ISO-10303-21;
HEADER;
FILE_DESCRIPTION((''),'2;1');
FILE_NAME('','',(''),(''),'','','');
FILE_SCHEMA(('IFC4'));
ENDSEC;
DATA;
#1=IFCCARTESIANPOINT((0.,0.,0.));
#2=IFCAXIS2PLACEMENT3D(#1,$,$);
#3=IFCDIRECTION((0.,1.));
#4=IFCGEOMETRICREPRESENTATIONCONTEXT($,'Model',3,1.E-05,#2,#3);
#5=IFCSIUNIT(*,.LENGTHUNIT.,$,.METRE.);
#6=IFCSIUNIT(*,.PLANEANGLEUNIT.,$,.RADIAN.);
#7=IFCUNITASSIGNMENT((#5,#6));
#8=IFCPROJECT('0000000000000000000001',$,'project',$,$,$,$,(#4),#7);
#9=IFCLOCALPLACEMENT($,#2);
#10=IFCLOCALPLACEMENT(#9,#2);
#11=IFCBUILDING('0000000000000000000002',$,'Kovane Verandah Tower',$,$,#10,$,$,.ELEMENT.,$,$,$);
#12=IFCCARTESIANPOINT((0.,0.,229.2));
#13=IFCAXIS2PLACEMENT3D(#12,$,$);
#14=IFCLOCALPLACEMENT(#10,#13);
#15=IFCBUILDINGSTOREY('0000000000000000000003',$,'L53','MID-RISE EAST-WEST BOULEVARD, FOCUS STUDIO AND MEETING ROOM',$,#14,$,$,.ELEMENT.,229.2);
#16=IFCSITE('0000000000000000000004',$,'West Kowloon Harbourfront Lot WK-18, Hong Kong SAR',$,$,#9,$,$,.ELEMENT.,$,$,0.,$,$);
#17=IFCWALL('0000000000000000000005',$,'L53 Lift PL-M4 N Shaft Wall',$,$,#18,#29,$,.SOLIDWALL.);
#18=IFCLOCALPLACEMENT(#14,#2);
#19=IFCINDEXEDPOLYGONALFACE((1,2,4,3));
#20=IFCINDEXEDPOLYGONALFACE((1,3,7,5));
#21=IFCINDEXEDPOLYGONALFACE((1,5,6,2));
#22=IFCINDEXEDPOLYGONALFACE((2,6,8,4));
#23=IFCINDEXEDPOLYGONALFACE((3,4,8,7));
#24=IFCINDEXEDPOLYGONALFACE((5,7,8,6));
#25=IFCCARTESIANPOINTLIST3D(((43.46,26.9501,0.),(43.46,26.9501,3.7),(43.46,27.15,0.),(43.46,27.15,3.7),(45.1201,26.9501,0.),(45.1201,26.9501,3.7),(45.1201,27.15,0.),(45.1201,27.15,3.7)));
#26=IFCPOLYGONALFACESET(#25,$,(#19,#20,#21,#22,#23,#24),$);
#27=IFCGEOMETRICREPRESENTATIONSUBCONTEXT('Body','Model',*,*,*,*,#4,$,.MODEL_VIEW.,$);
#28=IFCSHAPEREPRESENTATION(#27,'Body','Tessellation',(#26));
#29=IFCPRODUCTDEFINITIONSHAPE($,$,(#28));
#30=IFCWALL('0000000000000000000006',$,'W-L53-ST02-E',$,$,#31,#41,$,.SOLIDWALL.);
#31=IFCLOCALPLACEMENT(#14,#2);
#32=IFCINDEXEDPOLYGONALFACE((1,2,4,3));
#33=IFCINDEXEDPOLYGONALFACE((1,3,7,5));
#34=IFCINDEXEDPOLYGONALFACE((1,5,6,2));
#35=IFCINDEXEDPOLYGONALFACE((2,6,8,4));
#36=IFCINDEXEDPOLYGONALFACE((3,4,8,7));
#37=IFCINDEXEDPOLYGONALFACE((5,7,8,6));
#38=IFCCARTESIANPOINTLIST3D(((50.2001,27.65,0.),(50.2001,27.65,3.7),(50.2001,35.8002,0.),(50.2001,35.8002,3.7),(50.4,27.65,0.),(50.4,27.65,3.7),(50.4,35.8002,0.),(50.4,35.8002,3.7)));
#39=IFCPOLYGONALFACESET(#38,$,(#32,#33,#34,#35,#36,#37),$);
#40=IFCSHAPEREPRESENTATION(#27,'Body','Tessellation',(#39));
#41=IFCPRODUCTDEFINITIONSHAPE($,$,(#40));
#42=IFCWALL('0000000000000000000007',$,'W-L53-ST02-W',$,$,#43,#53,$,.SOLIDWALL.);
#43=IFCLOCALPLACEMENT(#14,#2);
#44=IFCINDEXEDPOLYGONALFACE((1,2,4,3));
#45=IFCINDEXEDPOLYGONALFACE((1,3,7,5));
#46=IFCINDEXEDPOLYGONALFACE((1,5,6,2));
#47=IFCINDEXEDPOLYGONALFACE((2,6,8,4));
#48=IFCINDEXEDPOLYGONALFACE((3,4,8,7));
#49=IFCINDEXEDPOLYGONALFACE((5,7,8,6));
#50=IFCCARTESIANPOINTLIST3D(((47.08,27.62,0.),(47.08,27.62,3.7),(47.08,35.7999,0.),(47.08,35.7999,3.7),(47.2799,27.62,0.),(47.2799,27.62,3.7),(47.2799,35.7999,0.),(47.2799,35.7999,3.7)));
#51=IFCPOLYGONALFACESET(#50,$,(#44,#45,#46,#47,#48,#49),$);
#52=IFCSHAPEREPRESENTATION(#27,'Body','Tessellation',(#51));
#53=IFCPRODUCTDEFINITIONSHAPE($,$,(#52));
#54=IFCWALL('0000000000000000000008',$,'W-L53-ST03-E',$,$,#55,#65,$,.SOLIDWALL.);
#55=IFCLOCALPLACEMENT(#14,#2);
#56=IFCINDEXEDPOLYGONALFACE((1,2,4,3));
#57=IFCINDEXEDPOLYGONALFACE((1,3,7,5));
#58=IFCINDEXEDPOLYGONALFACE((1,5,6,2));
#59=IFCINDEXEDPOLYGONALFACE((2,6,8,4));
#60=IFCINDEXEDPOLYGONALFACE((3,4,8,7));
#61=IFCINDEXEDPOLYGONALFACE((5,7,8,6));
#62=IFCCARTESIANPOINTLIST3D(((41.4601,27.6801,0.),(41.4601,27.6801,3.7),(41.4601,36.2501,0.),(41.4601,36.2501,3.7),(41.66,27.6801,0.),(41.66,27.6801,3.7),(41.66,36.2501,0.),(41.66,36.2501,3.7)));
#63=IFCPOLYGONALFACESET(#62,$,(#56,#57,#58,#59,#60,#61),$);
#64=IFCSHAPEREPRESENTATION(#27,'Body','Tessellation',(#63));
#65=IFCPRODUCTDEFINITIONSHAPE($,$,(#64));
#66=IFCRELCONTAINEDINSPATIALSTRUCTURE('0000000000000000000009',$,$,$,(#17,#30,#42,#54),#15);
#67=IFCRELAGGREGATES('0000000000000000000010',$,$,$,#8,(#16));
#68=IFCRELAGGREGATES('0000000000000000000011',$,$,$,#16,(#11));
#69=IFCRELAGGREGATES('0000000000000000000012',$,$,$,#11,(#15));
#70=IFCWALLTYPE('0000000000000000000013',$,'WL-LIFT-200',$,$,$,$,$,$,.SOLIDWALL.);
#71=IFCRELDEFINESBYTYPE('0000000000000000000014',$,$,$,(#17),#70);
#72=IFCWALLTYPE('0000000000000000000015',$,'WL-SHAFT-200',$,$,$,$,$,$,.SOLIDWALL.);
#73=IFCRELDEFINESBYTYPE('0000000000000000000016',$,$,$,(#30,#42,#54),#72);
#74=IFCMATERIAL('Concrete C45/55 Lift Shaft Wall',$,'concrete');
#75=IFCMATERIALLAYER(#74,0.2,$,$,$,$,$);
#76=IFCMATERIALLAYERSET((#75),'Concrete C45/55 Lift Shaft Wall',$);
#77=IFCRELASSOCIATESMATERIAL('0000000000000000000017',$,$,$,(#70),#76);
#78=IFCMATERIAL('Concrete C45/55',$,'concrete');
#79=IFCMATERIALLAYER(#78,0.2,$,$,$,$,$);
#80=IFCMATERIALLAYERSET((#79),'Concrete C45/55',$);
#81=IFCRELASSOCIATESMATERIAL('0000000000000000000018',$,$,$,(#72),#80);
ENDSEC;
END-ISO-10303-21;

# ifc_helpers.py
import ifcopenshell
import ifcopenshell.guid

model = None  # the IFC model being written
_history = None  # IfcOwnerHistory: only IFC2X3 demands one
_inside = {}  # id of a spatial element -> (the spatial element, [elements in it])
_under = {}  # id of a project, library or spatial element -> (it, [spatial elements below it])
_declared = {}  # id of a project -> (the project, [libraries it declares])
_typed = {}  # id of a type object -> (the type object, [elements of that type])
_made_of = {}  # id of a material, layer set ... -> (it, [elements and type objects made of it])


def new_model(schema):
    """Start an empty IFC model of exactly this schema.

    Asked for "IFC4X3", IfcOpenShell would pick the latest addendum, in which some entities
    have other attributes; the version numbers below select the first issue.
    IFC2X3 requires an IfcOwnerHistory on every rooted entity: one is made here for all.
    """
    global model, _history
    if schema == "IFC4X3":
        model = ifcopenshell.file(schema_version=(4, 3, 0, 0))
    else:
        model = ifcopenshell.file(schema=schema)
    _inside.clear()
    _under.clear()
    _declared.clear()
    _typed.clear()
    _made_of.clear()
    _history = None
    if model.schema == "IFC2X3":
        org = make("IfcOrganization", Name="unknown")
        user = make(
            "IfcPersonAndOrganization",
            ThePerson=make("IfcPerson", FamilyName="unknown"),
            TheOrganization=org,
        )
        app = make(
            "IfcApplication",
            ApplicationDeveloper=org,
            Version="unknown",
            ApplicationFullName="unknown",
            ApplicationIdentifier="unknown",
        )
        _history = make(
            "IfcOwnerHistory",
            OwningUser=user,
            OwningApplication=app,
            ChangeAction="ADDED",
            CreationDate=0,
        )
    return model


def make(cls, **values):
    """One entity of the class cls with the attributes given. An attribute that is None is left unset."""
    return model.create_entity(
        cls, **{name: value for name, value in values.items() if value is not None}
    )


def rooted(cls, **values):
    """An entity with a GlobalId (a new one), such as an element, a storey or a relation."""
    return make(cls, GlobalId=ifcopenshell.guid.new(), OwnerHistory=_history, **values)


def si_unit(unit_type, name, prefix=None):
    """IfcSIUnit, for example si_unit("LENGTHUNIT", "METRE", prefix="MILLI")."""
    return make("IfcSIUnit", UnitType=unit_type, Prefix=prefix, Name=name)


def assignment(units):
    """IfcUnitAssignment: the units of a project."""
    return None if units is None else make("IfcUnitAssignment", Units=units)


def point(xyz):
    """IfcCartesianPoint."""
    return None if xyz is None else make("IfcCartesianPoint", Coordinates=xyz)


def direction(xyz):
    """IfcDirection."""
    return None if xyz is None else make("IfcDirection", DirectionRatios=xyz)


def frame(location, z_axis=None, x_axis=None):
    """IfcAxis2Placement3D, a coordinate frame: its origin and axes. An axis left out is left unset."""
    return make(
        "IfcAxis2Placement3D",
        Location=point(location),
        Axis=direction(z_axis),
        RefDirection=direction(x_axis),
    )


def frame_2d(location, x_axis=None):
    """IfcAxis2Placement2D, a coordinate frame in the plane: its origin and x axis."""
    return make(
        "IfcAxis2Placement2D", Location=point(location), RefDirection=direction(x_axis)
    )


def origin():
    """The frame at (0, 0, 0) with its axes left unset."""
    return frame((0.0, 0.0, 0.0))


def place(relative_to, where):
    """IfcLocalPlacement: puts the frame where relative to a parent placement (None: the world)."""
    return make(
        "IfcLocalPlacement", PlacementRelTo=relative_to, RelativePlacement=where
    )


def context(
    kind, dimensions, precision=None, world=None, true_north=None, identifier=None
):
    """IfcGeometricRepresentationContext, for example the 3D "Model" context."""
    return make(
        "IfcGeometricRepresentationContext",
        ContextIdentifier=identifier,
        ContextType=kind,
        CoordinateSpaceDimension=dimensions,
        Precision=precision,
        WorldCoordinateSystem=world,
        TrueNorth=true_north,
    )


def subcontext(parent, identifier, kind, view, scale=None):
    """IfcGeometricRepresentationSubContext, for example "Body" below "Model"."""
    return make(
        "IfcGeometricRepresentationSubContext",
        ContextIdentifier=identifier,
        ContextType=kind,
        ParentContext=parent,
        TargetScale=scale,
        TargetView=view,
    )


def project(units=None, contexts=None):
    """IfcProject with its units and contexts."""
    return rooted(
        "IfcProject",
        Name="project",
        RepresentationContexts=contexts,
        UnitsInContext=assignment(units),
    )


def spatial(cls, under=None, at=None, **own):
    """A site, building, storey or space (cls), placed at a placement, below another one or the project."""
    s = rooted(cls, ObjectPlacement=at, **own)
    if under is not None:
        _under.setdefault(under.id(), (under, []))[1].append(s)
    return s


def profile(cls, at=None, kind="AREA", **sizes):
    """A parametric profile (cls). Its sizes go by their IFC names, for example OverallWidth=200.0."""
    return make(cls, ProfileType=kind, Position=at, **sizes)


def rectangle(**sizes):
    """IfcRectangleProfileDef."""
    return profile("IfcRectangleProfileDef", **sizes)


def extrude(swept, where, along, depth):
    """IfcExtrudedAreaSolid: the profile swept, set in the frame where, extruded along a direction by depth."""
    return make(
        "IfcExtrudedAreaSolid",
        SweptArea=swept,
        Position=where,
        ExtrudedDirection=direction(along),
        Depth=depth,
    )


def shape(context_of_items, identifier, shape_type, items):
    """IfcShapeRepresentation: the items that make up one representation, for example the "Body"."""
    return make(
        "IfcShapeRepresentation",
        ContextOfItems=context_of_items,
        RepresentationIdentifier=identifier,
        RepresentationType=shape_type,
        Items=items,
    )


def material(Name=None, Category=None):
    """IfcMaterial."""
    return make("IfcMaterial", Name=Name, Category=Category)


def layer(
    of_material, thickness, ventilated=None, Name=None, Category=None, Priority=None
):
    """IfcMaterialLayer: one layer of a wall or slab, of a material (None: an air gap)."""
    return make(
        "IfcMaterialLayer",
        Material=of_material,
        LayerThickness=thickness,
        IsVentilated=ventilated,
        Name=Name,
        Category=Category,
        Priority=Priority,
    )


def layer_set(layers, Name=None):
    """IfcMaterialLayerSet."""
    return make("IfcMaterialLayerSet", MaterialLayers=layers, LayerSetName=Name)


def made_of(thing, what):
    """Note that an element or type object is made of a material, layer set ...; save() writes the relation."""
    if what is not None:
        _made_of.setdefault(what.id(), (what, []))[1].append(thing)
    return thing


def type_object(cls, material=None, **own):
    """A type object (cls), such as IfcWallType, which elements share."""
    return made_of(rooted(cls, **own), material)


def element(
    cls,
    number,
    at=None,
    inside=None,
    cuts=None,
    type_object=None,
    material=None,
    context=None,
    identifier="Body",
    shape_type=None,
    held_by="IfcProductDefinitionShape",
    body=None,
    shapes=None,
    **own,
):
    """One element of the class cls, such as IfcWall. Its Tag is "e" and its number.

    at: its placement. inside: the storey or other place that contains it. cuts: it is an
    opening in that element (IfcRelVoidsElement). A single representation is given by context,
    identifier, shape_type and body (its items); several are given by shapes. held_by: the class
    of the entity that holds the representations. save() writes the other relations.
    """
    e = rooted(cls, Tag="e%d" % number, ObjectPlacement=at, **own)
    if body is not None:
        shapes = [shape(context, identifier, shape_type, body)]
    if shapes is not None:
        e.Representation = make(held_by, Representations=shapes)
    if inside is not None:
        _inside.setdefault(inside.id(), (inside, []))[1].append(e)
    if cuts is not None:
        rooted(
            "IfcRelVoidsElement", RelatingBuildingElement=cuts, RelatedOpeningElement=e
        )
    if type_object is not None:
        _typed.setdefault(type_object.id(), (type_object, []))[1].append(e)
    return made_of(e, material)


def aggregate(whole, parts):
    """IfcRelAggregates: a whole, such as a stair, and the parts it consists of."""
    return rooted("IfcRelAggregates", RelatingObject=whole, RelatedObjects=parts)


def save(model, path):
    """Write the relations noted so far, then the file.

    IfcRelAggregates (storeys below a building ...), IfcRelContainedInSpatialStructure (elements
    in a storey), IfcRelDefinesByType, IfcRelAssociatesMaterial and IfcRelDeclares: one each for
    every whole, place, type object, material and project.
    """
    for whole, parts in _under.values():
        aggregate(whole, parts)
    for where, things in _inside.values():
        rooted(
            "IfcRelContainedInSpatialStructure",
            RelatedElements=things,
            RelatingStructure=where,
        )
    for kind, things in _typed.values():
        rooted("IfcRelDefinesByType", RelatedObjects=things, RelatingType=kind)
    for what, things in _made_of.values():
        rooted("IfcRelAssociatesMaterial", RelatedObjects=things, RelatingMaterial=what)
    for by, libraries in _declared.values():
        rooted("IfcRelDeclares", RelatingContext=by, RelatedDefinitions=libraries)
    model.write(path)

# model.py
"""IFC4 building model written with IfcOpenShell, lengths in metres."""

from ifc_helpers import new_model, si_unit, direction, frame, frame_2d, origin, place, context, subcontext, project, spatial, rectangle, extrude, material, layer, layer_set, type_object, element, save


model = new_model("IFC4")

# Units and contexts
model_context = context("Model", 3, precision=1e-05, world=origin(), true_north=direction((0.0, 1.0)))
body_context = subcontext(model_context, "Body", "Model", "MODEL_VIEW")
ifc_project = project(units=[si_unit("LENGTHUNIT", "METRE"), si_unit("PLANEANGLEUNIT", "RADIAN")], contexts=[model_context])

# Site, building, storey
site_placement = place(None, origin())
site = spatial("IfcSite", under=ifc_project, at=site_placement, Name="West Kowloon Harbourfront Lot WK-18, Hong Kong SAR", CompositionType="ELEMENT", RefElevation=0.0)
building_placement = place(site_placement, origin())
building = spatial("IfcBuilding", under=site, at=building_placement, Name="Kovane Verandah Tower", CompositionType="ELEMENT")
storey_placement = place(building_placement, frame((0.0, 0.0, 229.2)))
storey = spatial("IfcBuildingStorey", under=building, at=storey_placement, Name="L53", Description="MID-RISE EAST-WEST BOULEVARD, FOCUS STUDIO AND MEETING ROOM", CompositionType="ELEMENT", Elevation=229.2)

# Shared definitions
ifc_material_1 = material(Name="Concrete C45/55 Lift Shaft Wall", Category="concrete")
ifc_layer_1 = layer(ifc_material_1, 0.2)
ifc_layer_set_1 = layer_set([ifc_layer_1], Name="Concrete C45/55 Lift Shaft Wall")
wall_type_1 = type_object("IfcWallType", Name="WL-LIFT-200", PredefinedType="SOLIDWALL", material=ifc_layer_set_1)

# Walls
wall_1_placement = place(storey_placement, frame((45.1201, 27.05, 0.0), z_axis=(0.0, 0.0, 1.0), x_axis=(-1.0, 0.0, 0.0)))
element("IfcWall", 1, at=wall_1_placement, inside=storey, type_object=wall_type_1, Name="L53 Lift PL-M4 N Shaft Wall", PredefinedType="SOLIDWALL", context=body_context, shape_type="SweptSolid", body=[
    extrude(rectangle(XDim=1.6602, YDim=0.2, at=frame_2d((0.8301, 0.0))), origin(), (0.0, 0.0, 1.0), 3.7),
])
ifc_material_2 = material(Name="Concrete C45/55", Category="concrete")
ifc_layer_2 = layer(ifc_material_2, 0.2)
ifc_layer_set_2 = layer_set([ifc_layer_2], Name="Concrete C45/55")
wall_type_2 = type_object("IfcWallType", Name="WL-SHAFT-200", PredefinedType="SOLIDWALL", material=ifc_layer_set_2)
wall_2_placement = place(storey_placement, frame((50.3, 27.6499, 0.0), z_axis=(0.0, 0.0, 1.0), x_axis=(0.0, 1.0, 0.0)))
element("IfcWall", 2, at=wall_2_placement, inside=storey, type_object=wall_type_2, Name="W-L53-ST02-E", PredefinedType="SOLIDWALL", context=body_context, shape_type="SweptSolid", body=[
    extrude(rectangle(XDim=8.1501, YDim=0.2, at=frame_2d((4.0752, 0.0))), origin(), (0.0, 0.0, 1.0), 3.7),
])
wall_3_placement = place(storey_placement, frame((47.1799, 27.6201, 0.0), z_axis=(0.0, 0.0, 1.0), x_axis=(0.0, 1.0, 0.0)))
element("IfcWall", 3, at=wall_3_placement, inside=storey, type_object=wall_type_2, Name="W-L53-ST02-W", PredefinedType="SOLIDWALL", context=body_context, shape_type="SweptSolid", body=[
    extrude(rectangle(XDim=8.1799, YDim=0.2, at=frame_2d((4.0898, 0.0))), origin(), (0.0, 0.0, 1.0), 3.7),
])

# Wall
wall_4_placement = place(storey_placement, frame((41.5601, 27.6799, 0.0), z_axis=(0.0, 0.0, 1.0), x_axis=(0.0, 1.0, 0.0)))
element("IfcWall", 4, at=wall_4_placement, inside=storey, type_object=wall_type_2, Name="W-L53-ST03-E", PredefinedType="SOLIDWALL", context=body_context, shape_type="SweptSolid", body=[
    extrude(rectangle(XDim=8.5701, YDim=0.2, at=frame_2d((4.2852, 0.0))), origin(), (0.0, 0.0, 1.0), 3.7),
])

save(model, "model.ifc")
